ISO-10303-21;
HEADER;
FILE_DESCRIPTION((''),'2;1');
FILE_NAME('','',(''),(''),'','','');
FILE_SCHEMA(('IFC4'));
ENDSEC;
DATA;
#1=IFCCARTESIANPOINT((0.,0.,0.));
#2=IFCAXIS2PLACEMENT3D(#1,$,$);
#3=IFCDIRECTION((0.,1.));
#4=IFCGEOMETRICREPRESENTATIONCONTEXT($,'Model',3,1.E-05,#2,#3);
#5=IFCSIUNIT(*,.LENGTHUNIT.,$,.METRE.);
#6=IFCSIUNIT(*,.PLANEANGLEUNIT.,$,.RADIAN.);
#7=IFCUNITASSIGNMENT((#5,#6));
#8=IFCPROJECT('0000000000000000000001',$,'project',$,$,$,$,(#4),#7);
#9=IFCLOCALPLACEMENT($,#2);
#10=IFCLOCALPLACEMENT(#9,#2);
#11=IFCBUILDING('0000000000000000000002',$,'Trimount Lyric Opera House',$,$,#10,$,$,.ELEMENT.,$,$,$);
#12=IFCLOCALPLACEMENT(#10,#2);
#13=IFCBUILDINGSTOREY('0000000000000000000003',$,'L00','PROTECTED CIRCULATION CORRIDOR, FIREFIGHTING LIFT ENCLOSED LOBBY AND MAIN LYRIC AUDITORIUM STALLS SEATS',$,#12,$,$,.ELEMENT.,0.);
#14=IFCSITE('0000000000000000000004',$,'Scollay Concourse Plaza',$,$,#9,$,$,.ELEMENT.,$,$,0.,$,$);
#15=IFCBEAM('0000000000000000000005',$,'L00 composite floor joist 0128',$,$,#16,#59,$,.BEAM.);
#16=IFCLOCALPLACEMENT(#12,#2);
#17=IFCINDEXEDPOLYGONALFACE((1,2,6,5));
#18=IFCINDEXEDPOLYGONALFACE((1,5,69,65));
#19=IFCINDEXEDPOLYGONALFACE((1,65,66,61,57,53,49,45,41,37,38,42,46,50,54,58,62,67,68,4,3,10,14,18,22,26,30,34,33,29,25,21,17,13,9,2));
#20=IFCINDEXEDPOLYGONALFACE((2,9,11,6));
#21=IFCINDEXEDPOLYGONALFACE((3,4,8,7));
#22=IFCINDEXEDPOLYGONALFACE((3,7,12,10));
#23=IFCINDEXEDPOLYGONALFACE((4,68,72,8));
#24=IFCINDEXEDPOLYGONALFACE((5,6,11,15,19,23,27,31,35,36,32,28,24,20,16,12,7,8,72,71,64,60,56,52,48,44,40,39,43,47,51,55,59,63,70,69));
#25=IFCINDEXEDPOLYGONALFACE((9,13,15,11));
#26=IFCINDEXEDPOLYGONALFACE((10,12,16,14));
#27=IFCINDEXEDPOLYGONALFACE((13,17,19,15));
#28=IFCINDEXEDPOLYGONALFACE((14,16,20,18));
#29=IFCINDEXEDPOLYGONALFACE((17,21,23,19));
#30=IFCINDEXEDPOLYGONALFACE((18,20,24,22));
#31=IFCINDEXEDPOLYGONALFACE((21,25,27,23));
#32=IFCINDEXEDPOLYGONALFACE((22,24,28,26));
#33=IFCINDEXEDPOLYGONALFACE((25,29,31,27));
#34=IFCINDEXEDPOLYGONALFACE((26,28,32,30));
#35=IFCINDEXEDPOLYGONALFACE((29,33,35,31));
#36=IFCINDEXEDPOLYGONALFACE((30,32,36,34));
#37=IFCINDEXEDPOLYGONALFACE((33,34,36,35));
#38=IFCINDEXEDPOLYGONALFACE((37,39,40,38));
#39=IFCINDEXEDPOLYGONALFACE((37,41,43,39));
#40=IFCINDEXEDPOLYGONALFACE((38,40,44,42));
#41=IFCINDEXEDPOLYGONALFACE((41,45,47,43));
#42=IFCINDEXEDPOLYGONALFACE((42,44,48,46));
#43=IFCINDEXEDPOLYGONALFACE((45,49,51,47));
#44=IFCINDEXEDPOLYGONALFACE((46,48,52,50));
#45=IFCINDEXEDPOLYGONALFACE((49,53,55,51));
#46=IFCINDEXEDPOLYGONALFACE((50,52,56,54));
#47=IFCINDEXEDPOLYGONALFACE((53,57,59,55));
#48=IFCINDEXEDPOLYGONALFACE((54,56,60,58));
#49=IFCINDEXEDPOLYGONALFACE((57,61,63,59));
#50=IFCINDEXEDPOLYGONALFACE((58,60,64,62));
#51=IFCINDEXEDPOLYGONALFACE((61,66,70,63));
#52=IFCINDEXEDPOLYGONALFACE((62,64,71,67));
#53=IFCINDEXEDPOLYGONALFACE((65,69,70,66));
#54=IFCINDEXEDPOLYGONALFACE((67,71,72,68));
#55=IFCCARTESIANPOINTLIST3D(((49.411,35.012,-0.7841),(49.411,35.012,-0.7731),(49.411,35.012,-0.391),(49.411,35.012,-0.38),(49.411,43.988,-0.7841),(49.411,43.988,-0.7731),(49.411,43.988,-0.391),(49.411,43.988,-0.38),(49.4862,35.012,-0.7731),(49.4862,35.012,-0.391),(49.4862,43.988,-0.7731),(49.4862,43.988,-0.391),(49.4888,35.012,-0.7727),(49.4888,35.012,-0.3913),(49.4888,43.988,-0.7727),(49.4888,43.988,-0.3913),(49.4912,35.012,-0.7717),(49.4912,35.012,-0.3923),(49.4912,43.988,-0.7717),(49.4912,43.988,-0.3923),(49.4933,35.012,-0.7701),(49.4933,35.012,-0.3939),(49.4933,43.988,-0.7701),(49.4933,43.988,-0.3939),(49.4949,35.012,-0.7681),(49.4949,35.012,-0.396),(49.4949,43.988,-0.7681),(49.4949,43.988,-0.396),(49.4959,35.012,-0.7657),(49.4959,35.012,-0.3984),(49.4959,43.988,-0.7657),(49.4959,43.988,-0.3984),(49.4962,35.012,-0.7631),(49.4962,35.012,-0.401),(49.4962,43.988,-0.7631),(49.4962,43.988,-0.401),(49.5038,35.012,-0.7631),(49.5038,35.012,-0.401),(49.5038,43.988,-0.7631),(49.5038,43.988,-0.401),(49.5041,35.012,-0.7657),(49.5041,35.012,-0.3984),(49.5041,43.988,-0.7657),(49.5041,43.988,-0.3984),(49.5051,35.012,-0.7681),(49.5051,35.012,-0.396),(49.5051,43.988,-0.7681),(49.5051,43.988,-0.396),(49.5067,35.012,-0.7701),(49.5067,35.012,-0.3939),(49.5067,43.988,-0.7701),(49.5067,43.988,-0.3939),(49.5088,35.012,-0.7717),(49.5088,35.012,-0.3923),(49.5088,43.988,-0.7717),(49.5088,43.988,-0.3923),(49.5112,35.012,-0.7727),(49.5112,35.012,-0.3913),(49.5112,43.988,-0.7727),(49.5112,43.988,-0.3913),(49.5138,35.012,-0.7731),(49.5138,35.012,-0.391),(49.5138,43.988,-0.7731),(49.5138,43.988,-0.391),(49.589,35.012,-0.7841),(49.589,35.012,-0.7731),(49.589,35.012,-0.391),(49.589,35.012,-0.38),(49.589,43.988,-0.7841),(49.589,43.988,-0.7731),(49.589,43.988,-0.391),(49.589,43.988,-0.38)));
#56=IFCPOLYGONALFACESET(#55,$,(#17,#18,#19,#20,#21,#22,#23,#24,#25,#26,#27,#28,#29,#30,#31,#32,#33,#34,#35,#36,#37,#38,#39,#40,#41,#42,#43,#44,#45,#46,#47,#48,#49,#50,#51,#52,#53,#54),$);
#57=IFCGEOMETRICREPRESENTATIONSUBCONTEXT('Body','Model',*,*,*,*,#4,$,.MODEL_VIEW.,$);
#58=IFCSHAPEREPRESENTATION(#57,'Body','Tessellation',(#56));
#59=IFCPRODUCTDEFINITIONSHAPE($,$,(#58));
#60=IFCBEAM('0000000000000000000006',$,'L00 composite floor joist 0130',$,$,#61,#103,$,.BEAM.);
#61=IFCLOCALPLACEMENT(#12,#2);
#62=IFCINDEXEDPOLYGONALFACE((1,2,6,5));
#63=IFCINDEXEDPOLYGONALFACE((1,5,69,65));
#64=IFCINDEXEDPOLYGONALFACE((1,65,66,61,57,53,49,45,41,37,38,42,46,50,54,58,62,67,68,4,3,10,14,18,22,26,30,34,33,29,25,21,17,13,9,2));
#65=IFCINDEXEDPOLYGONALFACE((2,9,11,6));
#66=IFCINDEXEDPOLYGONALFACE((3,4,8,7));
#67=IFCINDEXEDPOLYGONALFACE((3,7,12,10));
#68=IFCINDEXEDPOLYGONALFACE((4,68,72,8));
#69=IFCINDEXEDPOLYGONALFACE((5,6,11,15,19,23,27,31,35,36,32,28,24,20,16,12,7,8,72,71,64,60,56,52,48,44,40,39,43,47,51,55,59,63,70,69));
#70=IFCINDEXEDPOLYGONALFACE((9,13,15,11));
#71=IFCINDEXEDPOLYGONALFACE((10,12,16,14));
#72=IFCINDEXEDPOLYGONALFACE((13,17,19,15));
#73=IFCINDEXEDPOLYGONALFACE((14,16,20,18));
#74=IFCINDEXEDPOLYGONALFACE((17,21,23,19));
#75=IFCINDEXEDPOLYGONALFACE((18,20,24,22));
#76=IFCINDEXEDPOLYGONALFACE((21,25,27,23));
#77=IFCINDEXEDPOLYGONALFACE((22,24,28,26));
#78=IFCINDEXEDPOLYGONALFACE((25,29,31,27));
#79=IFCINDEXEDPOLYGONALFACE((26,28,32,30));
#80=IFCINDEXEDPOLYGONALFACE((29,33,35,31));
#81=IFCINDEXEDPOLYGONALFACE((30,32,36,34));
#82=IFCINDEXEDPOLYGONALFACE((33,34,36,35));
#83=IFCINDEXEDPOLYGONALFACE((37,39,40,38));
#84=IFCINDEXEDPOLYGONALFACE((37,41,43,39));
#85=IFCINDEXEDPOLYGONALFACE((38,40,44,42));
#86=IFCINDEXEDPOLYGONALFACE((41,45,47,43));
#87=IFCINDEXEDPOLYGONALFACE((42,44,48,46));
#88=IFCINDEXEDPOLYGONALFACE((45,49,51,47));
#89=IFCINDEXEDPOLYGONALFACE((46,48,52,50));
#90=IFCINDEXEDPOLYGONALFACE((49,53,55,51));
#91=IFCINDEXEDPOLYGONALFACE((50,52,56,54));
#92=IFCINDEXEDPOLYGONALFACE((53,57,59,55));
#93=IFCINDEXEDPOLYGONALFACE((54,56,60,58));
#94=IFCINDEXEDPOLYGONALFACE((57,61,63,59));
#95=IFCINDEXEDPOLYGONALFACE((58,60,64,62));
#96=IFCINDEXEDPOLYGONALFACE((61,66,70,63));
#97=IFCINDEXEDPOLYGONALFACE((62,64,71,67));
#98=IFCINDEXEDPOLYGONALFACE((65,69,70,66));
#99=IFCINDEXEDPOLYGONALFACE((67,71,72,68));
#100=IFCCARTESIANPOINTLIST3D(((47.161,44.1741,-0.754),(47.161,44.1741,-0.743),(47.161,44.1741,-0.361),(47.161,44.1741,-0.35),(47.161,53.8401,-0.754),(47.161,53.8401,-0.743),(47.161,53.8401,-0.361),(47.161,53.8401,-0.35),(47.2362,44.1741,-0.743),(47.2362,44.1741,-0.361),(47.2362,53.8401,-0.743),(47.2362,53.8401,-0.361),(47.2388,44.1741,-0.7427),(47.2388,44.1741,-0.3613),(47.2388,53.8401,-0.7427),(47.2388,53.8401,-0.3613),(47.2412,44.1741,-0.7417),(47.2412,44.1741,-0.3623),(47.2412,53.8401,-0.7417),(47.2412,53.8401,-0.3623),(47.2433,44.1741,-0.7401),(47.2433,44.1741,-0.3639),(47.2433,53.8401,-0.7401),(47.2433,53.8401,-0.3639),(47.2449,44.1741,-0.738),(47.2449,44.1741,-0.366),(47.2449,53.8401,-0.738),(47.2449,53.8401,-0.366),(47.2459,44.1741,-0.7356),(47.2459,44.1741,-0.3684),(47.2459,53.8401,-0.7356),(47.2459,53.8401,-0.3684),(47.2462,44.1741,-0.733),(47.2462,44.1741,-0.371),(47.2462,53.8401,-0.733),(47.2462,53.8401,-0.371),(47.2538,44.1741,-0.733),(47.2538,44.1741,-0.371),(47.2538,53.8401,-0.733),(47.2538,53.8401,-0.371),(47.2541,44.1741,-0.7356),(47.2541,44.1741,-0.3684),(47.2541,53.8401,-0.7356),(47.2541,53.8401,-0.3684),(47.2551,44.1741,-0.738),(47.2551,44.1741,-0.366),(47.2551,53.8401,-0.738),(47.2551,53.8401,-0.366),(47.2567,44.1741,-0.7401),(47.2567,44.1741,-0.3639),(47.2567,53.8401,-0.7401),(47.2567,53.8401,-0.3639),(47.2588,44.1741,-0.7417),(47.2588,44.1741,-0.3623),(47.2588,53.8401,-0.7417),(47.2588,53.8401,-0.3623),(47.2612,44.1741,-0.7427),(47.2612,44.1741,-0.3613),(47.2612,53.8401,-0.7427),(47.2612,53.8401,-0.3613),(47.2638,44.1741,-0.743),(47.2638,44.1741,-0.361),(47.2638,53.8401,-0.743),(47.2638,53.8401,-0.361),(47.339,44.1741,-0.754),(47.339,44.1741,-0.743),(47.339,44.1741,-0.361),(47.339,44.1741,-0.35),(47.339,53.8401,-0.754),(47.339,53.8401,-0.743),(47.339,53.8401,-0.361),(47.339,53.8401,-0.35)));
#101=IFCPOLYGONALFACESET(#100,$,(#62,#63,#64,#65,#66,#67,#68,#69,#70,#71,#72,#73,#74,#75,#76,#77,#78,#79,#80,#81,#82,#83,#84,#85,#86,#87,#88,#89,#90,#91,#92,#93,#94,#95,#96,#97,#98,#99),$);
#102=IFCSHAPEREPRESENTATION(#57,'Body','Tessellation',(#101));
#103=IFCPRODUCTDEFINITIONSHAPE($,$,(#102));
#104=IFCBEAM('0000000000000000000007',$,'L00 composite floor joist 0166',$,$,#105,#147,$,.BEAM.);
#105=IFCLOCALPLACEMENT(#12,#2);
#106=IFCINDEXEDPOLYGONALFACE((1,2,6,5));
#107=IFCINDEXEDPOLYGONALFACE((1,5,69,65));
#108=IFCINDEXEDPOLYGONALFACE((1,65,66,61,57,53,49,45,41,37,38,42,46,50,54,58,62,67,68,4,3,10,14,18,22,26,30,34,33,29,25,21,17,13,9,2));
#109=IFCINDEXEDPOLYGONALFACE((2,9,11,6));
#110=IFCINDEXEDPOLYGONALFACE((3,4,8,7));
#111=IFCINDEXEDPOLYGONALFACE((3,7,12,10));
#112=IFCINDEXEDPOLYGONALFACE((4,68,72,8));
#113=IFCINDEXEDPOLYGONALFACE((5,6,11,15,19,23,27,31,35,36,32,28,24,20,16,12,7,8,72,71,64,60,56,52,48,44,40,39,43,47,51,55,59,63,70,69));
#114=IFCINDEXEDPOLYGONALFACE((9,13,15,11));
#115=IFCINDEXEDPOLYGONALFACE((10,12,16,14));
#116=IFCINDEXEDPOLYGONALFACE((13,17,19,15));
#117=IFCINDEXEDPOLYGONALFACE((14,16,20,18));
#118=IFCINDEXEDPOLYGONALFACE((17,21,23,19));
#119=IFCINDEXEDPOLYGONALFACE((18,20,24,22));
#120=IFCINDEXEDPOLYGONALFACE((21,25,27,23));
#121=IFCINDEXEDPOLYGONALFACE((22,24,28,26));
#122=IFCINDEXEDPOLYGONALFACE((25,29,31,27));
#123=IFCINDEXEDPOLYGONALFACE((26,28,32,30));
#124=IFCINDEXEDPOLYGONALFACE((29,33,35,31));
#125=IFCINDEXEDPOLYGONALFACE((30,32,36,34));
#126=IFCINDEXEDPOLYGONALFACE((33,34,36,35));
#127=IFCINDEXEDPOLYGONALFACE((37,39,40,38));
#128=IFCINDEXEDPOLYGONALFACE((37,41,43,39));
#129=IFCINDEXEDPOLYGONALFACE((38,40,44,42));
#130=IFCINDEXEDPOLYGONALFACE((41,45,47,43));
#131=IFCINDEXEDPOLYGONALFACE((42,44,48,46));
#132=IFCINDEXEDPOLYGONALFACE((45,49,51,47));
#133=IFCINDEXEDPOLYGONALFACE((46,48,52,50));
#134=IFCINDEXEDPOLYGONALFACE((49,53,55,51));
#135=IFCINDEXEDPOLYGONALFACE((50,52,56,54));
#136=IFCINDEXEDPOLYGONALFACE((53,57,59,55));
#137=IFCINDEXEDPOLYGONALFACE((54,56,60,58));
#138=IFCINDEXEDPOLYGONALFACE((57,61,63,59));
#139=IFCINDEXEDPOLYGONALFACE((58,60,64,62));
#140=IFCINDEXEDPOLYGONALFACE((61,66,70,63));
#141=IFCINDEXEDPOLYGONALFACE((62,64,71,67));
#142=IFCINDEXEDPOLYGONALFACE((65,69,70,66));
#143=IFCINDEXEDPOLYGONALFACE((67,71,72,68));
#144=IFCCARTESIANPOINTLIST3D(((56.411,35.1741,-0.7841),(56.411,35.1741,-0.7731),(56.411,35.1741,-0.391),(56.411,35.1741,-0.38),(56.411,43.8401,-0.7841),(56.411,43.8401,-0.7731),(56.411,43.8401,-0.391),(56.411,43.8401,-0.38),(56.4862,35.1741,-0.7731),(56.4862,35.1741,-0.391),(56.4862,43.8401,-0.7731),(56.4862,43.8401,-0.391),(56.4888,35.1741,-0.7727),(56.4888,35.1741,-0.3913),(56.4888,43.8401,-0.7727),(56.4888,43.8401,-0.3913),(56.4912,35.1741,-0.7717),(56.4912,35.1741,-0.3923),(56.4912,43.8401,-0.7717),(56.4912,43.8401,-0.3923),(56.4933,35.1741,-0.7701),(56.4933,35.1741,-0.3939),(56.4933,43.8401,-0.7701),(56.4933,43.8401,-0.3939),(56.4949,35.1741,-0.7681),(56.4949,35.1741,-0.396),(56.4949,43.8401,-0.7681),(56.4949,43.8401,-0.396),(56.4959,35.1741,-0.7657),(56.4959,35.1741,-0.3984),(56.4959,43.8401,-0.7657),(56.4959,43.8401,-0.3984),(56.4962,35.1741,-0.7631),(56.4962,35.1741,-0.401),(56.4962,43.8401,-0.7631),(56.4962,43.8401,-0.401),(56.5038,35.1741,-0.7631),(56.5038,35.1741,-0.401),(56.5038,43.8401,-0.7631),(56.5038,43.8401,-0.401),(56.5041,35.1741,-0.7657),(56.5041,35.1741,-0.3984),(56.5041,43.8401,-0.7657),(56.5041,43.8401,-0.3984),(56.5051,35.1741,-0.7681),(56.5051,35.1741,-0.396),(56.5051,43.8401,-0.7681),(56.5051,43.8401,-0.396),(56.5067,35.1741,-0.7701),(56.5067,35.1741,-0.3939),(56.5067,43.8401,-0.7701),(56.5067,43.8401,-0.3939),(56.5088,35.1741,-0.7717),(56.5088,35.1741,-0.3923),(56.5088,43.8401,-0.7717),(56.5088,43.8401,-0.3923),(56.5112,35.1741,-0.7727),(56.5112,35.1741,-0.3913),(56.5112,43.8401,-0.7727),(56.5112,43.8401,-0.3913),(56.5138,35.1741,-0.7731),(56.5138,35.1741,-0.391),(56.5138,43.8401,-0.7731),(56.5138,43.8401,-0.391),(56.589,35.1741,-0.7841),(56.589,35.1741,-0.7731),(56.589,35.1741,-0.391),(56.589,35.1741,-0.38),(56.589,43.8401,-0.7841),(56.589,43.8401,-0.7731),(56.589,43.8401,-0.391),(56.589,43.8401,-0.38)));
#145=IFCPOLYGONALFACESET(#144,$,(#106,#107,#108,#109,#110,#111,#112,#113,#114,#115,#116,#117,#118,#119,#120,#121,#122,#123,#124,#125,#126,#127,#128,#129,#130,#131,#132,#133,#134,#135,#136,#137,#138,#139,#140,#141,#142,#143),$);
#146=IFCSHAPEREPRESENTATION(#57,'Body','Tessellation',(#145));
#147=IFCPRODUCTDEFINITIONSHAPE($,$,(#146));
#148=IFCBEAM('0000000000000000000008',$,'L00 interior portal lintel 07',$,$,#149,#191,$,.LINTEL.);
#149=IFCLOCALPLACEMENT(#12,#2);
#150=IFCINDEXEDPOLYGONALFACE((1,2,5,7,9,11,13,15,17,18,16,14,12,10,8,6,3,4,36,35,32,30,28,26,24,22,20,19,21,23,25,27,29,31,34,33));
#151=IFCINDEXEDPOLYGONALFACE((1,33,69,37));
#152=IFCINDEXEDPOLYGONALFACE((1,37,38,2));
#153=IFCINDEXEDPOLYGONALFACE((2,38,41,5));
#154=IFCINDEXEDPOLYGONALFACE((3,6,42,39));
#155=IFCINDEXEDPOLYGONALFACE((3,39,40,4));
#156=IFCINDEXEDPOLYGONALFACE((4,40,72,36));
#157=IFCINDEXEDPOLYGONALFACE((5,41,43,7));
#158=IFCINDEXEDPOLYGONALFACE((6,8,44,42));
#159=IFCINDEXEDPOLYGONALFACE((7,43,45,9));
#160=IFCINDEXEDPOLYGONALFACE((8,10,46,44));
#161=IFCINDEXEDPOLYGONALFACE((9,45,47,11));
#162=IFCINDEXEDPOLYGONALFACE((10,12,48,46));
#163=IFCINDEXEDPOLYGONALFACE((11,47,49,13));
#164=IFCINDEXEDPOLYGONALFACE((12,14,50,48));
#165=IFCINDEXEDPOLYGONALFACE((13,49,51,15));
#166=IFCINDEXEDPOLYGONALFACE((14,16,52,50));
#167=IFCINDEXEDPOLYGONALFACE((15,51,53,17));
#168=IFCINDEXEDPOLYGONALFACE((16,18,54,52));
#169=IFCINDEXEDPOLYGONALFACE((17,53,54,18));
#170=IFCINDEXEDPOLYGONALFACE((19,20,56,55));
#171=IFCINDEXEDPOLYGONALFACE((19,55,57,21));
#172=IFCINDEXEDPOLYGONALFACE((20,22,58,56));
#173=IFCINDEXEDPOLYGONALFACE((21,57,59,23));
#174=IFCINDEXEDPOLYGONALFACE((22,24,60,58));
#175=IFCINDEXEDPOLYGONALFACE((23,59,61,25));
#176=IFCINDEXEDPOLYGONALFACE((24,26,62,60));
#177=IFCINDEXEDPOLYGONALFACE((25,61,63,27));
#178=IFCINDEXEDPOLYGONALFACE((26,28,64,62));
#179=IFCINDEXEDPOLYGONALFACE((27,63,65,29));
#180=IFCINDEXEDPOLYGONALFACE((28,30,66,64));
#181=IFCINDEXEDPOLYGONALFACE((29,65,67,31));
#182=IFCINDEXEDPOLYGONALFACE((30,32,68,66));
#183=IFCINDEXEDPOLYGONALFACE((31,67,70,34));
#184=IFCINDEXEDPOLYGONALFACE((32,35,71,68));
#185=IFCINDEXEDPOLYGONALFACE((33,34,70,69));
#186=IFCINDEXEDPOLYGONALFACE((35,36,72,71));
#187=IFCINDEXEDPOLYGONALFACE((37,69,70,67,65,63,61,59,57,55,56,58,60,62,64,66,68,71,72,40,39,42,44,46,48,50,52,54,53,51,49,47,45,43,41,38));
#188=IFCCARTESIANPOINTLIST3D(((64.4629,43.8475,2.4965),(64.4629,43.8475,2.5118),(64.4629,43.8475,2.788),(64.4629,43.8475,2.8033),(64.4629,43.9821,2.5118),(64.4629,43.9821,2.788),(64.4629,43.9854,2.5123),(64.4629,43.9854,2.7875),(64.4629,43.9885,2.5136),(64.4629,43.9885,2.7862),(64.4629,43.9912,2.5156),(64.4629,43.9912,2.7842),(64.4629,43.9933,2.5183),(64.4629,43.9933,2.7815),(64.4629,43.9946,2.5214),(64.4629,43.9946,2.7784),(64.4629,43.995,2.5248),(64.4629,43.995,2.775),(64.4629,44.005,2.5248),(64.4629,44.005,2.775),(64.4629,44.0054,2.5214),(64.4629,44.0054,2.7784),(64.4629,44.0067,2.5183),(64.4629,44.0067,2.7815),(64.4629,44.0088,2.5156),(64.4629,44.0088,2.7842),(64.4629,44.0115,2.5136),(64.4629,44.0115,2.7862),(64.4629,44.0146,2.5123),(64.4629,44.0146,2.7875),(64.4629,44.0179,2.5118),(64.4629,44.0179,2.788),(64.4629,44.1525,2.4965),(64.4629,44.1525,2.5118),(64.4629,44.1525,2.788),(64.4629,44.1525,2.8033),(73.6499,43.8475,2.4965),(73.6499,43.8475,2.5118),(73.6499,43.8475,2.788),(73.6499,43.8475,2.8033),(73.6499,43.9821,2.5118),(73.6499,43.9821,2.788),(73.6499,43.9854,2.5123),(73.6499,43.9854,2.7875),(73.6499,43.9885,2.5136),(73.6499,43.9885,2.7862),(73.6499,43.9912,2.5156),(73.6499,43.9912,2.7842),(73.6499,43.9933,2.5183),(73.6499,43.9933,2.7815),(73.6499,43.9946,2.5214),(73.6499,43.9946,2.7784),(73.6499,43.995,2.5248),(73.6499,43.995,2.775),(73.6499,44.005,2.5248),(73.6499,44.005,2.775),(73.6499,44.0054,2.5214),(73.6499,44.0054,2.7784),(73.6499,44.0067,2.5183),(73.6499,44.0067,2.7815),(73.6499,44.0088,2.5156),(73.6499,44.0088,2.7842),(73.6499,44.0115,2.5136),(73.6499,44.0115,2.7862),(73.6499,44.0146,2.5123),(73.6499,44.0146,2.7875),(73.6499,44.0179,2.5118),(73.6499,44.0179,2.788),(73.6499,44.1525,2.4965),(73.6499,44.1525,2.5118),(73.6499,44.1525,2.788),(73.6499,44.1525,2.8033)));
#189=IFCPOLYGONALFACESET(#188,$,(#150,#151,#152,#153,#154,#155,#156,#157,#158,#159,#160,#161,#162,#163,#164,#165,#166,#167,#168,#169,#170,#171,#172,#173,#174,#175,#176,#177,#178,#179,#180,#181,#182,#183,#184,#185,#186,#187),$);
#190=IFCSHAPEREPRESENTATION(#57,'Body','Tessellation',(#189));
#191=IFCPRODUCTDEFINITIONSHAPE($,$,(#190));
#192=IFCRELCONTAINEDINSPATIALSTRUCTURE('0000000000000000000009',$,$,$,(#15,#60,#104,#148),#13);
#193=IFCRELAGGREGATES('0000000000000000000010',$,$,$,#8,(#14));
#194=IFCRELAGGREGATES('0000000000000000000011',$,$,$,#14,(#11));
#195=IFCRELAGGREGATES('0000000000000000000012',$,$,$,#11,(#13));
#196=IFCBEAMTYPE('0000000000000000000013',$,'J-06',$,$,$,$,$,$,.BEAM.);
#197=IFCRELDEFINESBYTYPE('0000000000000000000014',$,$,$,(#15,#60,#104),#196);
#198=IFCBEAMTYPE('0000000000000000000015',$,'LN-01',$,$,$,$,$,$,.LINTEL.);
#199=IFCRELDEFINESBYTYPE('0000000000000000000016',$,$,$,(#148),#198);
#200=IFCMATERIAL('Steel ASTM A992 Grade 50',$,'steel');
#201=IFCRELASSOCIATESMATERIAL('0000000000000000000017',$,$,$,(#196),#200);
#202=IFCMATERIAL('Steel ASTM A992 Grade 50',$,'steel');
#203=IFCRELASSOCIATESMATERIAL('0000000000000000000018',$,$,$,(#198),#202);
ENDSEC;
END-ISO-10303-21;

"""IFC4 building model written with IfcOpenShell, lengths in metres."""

from ifc_helpers import new_model, si_unit, direction, frame, origin, origin_2d, place, context, subcontext, project, spatial, i_section, extrude, material, material_profile, profile_set, type_object, element, save


model = new_model("IFC4")

# Units and contexts
model_context = context("Model", 3, precision=1e-05, world=origin(), true_north=direction((0.0, 1.0)))
body_context = subcontext(model_context, "Body", "Model", "MODEL_VIEW")
ifc_project = project(units=[si_unit("LENGTHUNIT", "METRE"), si_unit("PLANEANGLEUNIT", "RADIAN")], contexts=[model_context])

# Site, building, storey
site_placement = place(None, origin())
site = spatial("IfcSite", under=ifc_project, at=site_placement, Name="Scollay Concourse Plaza", CompositionType="ELEMENT", RefElevation=0.0)
building_placement = place(site_placement, origin())
building = spatial("IfcBuilding", under=site, at=building_placement, Name="Trimount Lyric Opera House", CompositionType="ELEMENT")
storey_placement = place(building_placement, origin())
storey = spatial("IfcBuildingStorey", under=building, at=storey_placement, Name="L00", Description="PROTECTED CIRCULATION CORRIDOR, FIREFIGHTING LIFT ENCLOSED LOBBY AND MAIN LYRIC AUDITORIUM STALLS SEATS", CompositionType="ELEMENT", Elevation=0.0)

# Beams
ifc_material_1 = material(Name="Steel ASTM A992 Grade 50", Category="steel")
ifc_material_profile_1 = material_profile(ifc_material_1, i_section(OverallWidth=0.178, OverallDepth=0.4041, WebThickness=0.0076, FlangeThickness=0.011, FilletRadius=0.01, at=origin_2d()), Name="W16X36")
ifc_profile_set_1 = profile_set([ifc_material_profile_1], Name="Steel ASTM A992 Grade 50")
beam_type_1 = type_object("IfcBeamType", Name="J-06", PredefinedType="BEAM", material=ifc_profile_set_1)
beam_1_placement = place(storey_placement, frame((49.5, 35.012, -0.582), z_axis=(0.0, 1.0, 0.0), x_axis=(-1.0, 0.0, 0.0)))
element("IfcBeam", 1, at=beam_1_placement, inside=storey, type_object=beam_type_1, Name="L00 composite floor joist 0128", PredefinedType="BEAM", context=body_context, shape_type="SweptSolid", body=[
    extrude(i_section(OverallWidth=0.178, OverallDepth=0.4041, WebThickness=0.0076, FlangeThickness=0.011, FilletRadius=0.01, at=origin_2d()), origin(), (0.0, 0.0, 1.0), 8.9761),
])
beam_2_placement = place(storey_placement, frame((47.25, 44.1741, -0.552), z_axis=(0.0, 1.0, 0.0), x_axis=(-1.0, 0.0, 0.0)))
element("IfcBeam", 2, at=beam_2_placement, inside=storey, type_object=beam_type_1, Name="L00 composite floor joist 0130", PredefinedType="BEAM", context=body_context, shape_type="SweptSolid", body=[
    extrude(i_section(OverallWidth=0.178, OverallDepth=0.4041, WebThickness=0.0076, FlangeThickness=0.011, FilletRadius=0.01, at=origin_2d()), origin(), (0.0, 0.0, 1.0), 9.666),
])
beam_3_placement = place(storey_placement, frame((56.5, 35.1741, -0.582), z_axis=(0.0, 1.0, 0.0), x_axis=(-1.0, 0.0, 0.0)))
element("IfcBeam", 3, at=beam_3_placement, inside=storey, type_object=beam_type_1, Name="L00 composite floor joist 0166", PredefinedType="BEAM", context=body_context, shape_type="SweptSolid", body=[
    extrude(i_section(OverallWidth=0.178, OverallDepth=0.4041, WebThickness=0.0076, FlangeThickness=0.011, FilletRadius=0.01, at=origin_2d()), origin(), (0.0, 0.0, 1.0), 8.666),
])
ifc_material_2 = material(Name="Steel ASTM A992 Grade 50", Category="steel")
ifc_material_profile_2 = material_profile(ifc_material_2, i_section(OverallWidth=0.3049, OverallDepth=0.3069, WebThickness=0.01, FlangeThickness=0.0154, FilletRadius=0.0129, at=origin_2d()), Name="W12X65")
ifc_profile_set_2 = profile_set([ifc_material_profile_2], Name="Steel ASTM A992 Grade 50")
beam_type_2 = type_object("IfcBeamType", Name="LN-01", PredefinedType="LINTEL", material=ifc_profile_set_2)
beam_4_placement = place(storey_placement, frame((64.4629, 44.0, 2.6499), z_axis=(1.0, 0.0, 0.0), x_axis=(0.0, 1.0, 0.0)))
element("IfcBeam", 4, at=beam_4_placement, inside=storey, type_object=beam_type_2, Name="L00 interior portal lintel 07", PredefinedType="LINTEL", context=body_context, shape_type="SweptSolid", body=[
    extrude(i_section(OverallWidth=0.3049, OverallDepth=0.3069, WebThickness=0.01, FlangeThickness=0.0154, FilletRadius=0.0129, at=origin_2d()), origin(), (0.0, 0.0, 1.0), 9.187),
])

save(model, "model.ifc")
